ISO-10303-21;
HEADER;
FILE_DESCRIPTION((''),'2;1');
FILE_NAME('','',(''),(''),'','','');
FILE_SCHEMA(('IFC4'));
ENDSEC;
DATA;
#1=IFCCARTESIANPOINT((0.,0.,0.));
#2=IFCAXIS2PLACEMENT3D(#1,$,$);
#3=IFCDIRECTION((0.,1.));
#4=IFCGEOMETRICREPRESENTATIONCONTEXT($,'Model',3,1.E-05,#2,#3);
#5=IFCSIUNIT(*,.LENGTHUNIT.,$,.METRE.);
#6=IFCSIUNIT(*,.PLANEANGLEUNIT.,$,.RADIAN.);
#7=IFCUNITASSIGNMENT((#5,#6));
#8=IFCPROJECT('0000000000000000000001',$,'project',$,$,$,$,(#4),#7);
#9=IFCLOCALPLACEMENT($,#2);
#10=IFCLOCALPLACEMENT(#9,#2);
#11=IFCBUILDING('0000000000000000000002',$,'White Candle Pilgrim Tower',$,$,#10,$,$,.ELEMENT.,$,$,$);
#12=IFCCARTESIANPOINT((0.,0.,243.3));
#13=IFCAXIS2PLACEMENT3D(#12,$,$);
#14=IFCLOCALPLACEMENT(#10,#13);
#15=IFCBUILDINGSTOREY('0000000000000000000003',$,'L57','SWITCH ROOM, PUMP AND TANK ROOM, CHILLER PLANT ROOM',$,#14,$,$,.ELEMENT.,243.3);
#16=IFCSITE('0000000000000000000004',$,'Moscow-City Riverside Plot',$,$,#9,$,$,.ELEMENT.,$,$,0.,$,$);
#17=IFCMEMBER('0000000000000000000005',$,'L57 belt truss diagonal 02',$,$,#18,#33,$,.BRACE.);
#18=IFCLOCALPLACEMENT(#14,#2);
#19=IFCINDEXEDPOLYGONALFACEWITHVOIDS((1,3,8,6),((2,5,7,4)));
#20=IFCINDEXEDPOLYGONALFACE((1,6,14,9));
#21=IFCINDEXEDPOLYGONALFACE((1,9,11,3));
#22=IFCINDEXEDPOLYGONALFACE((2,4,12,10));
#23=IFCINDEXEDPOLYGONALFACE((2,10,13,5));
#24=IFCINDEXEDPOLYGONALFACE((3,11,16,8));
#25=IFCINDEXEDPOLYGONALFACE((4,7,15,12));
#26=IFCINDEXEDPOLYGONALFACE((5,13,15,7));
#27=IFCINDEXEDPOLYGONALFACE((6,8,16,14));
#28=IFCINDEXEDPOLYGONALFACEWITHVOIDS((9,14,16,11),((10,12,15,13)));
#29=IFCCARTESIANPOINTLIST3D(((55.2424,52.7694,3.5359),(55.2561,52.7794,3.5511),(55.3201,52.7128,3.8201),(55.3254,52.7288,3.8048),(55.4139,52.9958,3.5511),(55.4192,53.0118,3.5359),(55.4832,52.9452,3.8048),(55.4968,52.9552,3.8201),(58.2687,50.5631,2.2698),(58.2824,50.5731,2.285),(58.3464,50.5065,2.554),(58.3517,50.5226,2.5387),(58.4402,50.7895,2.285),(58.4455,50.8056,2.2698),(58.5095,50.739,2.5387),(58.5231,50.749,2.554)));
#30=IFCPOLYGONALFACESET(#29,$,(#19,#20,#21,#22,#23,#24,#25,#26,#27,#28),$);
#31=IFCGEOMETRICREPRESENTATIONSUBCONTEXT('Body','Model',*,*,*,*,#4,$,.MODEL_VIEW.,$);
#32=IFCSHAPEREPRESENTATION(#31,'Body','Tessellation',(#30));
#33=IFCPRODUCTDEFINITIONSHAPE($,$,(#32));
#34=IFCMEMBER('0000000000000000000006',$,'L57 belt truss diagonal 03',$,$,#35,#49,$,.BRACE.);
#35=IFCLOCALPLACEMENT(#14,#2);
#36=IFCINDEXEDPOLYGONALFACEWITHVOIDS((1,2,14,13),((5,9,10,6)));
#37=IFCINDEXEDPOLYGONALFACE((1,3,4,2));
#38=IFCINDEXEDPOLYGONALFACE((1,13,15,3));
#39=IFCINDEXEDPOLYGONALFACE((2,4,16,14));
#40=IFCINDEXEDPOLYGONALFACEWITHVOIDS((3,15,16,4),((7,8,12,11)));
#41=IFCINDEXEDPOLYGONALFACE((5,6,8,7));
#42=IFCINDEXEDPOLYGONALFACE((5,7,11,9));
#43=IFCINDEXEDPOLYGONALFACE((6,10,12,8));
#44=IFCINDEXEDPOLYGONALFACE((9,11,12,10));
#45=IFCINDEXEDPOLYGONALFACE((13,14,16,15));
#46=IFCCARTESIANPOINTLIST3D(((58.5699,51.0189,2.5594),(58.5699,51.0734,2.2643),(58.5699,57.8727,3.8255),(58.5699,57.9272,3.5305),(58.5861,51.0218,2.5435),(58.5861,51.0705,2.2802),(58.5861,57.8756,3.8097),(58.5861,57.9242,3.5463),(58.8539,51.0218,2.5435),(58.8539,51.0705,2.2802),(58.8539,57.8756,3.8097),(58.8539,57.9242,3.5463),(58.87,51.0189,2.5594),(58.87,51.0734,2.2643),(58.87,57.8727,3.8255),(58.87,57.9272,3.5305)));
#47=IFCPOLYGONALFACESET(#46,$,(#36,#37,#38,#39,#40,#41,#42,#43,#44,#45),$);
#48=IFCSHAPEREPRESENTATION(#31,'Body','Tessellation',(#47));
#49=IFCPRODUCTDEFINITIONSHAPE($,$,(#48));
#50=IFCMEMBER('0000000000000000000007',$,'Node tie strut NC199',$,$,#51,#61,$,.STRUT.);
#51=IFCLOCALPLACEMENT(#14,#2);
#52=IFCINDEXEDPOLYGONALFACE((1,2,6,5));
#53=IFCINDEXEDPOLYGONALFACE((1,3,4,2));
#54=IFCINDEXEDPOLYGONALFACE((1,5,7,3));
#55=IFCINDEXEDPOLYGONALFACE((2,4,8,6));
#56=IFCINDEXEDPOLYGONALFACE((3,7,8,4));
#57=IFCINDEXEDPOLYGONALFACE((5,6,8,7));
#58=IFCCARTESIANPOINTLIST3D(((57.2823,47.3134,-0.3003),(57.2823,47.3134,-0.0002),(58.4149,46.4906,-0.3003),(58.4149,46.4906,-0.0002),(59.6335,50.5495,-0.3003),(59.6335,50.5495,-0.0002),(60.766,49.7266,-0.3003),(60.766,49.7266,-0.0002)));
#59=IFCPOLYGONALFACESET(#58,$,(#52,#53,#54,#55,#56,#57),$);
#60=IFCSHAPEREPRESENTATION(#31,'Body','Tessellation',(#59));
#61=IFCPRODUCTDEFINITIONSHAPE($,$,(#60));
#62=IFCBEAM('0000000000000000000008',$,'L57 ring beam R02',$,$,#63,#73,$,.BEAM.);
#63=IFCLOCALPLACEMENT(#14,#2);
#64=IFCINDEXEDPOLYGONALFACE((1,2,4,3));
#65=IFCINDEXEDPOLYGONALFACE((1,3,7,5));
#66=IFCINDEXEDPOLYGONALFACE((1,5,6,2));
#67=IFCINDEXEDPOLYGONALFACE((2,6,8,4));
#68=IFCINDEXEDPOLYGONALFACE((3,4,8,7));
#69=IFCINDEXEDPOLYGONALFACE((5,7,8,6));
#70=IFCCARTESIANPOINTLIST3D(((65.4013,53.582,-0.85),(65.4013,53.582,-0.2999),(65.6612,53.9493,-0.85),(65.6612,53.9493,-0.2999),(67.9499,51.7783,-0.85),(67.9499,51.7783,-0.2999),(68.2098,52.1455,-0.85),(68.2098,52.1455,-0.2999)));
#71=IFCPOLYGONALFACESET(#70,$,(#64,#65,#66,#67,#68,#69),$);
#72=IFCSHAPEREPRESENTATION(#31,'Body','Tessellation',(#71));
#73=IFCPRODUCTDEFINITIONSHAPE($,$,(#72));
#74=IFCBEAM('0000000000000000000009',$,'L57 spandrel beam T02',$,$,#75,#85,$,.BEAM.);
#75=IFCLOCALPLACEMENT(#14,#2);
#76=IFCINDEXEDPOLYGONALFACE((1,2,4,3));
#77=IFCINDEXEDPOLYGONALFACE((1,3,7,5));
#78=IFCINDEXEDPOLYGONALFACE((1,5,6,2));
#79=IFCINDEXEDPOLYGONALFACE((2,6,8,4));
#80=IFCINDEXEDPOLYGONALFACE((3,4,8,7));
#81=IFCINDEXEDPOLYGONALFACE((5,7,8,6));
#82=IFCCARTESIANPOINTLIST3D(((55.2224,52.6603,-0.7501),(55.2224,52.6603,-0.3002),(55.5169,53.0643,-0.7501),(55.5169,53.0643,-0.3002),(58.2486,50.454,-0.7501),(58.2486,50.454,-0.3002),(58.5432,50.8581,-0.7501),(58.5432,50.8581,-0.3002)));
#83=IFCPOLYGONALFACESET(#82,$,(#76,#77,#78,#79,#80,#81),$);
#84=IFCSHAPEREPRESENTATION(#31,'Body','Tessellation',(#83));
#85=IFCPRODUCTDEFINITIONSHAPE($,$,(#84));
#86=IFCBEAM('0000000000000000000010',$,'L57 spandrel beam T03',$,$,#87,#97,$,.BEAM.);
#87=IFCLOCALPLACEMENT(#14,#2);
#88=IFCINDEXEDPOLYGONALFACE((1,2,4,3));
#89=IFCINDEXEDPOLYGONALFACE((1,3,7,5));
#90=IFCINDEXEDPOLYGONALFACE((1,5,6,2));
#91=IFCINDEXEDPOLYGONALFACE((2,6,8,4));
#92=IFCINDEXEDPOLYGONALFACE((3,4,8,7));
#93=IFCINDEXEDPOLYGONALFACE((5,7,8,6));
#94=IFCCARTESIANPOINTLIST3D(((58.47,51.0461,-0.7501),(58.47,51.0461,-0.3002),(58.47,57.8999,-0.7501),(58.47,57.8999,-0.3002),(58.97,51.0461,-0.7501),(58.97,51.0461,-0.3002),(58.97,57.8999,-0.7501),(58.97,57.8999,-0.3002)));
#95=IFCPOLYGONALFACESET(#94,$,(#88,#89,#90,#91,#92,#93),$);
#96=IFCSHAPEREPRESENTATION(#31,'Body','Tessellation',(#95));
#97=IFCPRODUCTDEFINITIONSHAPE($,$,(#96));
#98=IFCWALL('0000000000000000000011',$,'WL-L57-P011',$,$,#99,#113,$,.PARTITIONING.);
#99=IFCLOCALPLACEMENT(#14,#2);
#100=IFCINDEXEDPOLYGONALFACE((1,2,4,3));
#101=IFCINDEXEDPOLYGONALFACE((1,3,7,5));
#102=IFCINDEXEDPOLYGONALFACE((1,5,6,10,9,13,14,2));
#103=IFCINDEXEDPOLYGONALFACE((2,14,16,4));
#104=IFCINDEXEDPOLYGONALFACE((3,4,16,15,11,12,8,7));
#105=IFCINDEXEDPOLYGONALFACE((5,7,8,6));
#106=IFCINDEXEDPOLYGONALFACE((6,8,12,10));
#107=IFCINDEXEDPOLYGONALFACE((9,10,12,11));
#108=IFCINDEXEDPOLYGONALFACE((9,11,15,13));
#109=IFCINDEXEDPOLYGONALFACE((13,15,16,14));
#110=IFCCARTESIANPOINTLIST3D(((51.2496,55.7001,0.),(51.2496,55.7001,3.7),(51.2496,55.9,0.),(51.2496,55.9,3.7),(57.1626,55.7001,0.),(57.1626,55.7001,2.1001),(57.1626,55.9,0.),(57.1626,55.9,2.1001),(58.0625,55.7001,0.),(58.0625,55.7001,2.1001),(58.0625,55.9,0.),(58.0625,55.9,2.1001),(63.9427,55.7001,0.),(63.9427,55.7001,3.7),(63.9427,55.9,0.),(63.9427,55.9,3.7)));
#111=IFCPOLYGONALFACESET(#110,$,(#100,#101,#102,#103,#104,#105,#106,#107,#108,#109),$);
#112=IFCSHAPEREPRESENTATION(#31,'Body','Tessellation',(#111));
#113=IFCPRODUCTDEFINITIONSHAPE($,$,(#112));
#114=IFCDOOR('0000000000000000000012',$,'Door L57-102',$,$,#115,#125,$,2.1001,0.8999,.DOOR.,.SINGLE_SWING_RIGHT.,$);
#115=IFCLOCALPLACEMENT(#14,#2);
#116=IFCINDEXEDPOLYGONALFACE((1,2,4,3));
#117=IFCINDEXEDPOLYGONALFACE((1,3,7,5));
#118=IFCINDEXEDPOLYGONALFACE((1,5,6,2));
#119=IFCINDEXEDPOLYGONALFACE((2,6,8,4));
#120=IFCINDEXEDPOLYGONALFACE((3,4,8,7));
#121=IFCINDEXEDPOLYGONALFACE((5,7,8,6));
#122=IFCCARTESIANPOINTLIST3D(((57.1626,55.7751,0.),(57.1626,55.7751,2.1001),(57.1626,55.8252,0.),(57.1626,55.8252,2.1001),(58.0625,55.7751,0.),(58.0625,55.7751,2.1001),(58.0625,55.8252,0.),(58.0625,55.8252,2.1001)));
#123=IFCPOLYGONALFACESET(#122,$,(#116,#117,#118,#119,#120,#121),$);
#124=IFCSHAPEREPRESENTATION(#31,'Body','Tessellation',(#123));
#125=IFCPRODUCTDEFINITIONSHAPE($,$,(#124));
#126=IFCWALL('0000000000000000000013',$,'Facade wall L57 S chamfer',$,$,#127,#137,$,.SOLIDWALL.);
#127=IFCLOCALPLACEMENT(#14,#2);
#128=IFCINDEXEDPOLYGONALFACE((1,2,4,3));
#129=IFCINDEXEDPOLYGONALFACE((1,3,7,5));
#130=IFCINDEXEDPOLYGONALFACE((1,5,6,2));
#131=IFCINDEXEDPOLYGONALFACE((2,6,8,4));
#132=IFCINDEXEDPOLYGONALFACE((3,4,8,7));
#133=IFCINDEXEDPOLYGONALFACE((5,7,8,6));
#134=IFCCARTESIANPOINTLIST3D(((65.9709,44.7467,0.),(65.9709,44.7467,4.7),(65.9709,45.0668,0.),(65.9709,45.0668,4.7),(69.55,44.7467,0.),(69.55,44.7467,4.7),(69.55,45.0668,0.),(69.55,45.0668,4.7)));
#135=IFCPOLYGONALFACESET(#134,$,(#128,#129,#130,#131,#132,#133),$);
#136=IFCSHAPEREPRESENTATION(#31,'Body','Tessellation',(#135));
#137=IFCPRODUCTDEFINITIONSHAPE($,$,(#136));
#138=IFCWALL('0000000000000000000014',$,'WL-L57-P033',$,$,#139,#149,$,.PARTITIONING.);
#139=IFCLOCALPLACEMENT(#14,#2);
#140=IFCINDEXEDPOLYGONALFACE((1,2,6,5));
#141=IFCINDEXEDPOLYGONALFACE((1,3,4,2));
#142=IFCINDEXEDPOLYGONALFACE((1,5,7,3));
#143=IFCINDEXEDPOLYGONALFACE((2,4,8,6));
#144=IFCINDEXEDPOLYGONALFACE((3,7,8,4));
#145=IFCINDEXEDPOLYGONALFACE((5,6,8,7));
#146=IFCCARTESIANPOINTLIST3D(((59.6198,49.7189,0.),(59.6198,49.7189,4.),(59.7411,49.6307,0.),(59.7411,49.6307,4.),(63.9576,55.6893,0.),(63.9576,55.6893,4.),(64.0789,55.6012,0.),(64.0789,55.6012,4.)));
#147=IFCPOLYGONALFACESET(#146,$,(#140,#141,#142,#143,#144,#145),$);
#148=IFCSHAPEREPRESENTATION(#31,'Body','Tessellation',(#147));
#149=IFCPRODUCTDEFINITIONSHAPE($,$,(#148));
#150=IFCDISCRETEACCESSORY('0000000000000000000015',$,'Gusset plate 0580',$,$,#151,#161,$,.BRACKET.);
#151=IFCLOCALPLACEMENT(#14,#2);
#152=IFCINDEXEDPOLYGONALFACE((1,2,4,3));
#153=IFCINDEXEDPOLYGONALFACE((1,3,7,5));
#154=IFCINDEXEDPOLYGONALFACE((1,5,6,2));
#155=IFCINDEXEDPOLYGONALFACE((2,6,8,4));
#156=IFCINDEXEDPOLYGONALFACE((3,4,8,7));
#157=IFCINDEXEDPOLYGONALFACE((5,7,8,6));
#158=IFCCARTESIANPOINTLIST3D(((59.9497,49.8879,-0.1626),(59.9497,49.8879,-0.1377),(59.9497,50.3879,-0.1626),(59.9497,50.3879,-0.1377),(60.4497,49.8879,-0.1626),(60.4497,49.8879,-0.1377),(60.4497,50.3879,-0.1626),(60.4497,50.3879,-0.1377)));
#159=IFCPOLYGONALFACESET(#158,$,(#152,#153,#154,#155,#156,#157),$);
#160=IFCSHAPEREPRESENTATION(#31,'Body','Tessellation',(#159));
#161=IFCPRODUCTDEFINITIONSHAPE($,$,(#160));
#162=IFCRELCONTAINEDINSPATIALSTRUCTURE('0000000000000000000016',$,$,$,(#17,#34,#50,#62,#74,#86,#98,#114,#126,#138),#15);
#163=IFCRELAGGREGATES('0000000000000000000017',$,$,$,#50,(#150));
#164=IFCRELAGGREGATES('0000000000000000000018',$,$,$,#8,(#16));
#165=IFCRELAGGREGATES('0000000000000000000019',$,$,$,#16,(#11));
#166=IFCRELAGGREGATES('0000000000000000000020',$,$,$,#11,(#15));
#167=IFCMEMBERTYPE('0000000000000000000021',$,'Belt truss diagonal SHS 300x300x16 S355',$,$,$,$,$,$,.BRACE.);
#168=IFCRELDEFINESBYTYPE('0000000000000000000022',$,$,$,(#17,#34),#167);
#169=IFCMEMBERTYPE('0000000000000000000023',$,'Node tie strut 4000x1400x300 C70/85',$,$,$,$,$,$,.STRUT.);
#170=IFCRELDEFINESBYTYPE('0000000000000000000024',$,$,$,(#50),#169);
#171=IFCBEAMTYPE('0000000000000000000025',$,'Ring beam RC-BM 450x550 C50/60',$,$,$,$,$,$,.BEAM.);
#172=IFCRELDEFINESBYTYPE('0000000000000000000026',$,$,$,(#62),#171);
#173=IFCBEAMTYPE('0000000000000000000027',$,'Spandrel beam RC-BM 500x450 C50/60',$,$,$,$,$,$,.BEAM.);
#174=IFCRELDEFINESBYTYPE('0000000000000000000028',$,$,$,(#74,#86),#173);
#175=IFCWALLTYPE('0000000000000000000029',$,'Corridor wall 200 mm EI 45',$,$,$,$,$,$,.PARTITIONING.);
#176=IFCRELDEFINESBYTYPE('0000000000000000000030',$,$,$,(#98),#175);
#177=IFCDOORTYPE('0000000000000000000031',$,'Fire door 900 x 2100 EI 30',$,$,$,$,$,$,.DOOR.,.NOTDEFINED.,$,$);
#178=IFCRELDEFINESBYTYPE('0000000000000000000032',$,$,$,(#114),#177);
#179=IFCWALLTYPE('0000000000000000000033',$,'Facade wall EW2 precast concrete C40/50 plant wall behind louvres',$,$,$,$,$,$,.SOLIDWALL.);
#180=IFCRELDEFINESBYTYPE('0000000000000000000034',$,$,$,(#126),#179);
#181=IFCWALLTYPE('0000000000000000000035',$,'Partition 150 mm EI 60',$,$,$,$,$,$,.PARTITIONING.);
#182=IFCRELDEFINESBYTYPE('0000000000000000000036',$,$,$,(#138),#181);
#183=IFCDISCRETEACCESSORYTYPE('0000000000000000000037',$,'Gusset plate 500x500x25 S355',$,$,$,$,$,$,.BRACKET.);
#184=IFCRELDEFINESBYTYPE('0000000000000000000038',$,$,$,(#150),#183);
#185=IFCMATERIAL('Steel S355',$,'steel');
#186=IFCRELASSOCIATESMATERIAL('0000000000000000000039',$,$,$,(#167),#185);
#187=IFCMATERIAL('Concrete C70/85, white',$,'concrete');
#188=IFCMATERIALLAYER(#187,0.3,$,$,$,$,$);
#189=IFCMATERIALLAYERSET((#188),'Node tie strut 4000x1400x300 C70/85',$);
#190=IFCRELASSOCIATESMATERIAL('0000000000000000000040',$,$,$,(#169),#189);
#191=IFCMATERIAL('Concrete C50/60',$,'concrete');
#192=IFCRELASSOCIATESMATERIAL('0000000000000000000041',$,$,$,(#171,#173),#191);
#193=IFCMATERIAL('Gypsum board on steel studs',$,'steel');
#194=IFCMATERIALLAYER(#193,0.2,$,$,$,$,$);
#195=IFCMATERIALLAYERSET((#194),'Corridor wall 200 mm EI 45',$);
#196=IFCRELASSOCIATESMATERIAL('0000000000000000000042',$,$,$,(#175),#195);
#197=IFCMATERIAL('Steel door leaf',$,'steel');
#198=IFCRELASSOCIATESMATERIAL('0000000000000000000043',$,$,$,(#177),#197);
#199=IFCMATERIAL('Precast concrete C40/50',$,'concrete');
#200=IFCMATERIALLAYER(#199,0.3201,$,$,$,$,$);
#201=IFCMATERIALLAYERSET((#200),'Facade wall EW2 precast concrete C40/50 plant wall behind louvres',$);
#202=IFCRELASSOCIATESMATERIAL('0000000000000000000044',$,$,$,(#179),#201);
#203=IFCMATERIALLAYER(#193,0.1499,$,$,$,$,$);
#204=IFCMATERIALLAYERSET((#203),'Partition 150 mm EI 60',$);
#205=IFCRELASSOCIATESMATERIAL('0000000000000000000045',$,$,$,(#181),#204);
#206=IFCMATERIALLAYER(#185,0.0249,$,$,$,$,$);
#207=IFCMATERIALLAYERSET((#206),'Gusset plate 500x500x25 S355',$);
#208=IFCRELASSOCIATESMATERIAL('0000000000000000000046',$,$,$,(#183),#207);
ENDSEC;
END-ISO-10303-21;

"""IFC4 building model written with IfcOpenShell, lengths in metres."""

from ifc_helpers import new_model, si_unit, direction, frame, frame_2d, origin, origin_2d, place, context, subcontext, project, spatial, rectangle, hollow_rectangle, extrude, material, layer, layer_set, material_profile, profile_set, type_object, element, fill, aggregate, save


model = new_model("IFC4")

# Units and contexts
model_context = context("Model", 3, precision=1e-05, world=origin(), true_north=direction((0.0, 1.0)))
body_context = subcontext(model_context, "Body", "Model", "MODEL_VIEW")
ifc_project = project(units=[si_unit("LENGTHUNIT", "METRE"), si_unit("PLANEANGLEUNIT", "RADIAN")], contexts=[model_context])

# Site, building, storey
site_placement = place(None, origin())
site = spatial("IfcSite", under=ifc_project, at=site_placement, Name="Moscow-City Riverside Plot", CompositionType="ELEMENT", RefElevation=0.0)
building_placement = place(site_placement, origin())
building = spatial("IfcBuilding", under=site, at=building_placement, Name="White Candle Pilgrim Tower", CompositionType="ELEMENT")
storey_placement = place(building_placement, frame((0.0, 0.0, 243.3)))
storey = spatial("IfcBuildingStorey", under=building, at=storey_placement, Name="L57", Description="SWITCH ROOM, PUMP AND TANK ROOM, CHILLER PLANT ROOM", CompositionType="ELEMENT", Elevation=243.3)

# Shared definitions
ifc_material_1 = material(Name="Steel S355", Category="steel")

# Members
ifc_material_profile_1 = material_profile(ifc_material_1, hollow_rectangle(XDim=0.3, YDim=0.3, WallThickness=0.0161, at=origin_2d()), Name="SHS 300x300x16")
ifc_profile_set_1 = profile_set([ifc_material_profile_1], Name="Steel S355")
member_type_1 = type_object("IfcMemberType", Name="Belt truss diagonal SHS 300x300x16 S355", PredefinedType="BRACE", material=ifc_profile_set_1)
member_1_placement = place(storey_placement, frame((55.3696, 52.8623, 3.678), z_axis=(0.765502, -0.558071, -0.320256), x_axis=(0.589098, 0.808062, 0.0)))
element("IfcMember", 1, at=member_1_placement, inside=storey, type_object=member_type_1, Name="L57 belt truss diagonal 02", PredefinedType="BRACE", context=body_context, shape_type="SweptSolid", body=[
    extrude(hollow_rectangle(XDim=0.3, YDim=0.3, WallThickness=0.0161, at=origin_2d()), origin(), (0.0, 0.0, 1.0), 3.9534),
])
member_2_placement = place(storey_placement, frame((58.72, 51.0461, 2.4119), z_axis=(0.0, 0.983362, 0.181659), x_axis=(-1.0, 0.0, 0.0)))
element("IfcMember", 2, at=member_2_placement, inside=storey, type_object=member_type_1, Name="L57 belt truss diagonal 03", PredefinedType="BRACE", context=body_context, shape_type="SweptSolid", body=[
    extrude(hollow_rectangle(XDim=0.3, YDim=0.3, WallThickness=0.0161, at=origin_2d()), origin(), (0.0, 0.0, 1.0), 6.9697),
])

# Member
ifc_material_2 = material(Name="Concrete C70/85, white", Category="concrete")
ifc_layer_1 = layer(ifc_material_2, 0.3)
ifc_layer_set_1 = layer_set([ifc_layer_1], Name="Node tie strut 4000x1400x300 C70/85")
member_type_2 = type_object("IfcMemberType", Name="Node tie strut 4000x1400x300 C70/85", PredefinedType="STRUT", material=ifc_layer_set_1)
member_3_placement = place(storey_placement, frame((59.0242, 48.52, -0.3003), z_axis=(0.0, 0.0, 1.0), x_axis=(0.809017, -0.587785, 0.0)))
member_3 = element("IfcMember", 3, at=member_3_placement, inside=storey, type_object=member_type_2, Name="Node tie strut NC199", PredefinedType="STRUT", context=body_context, shape_type="SweptSolid", body=[
    extrude(rectangle(XDim=1.3999, YDim=4.0, at=origin_2d()), origin(), (0.0, 0.0, 1.0), 0.3),
])

# Beams
ifc_material_3 = material(Name="Concrete C50/60", Category="concrete")
ifc_material_profile_2 = material_profile(ifc_material_3, rectangle(XDim=0.45, YDim=0.55, at=origin_2d()), Name="RC-BM 450x550")
ifc_profile_set_2 = profile_set([ifc_material_profile_2], Name="Concrete C50/60")
beam_type_1 = type_object("IfcBeamType", Name="Ring beam RC-BM 450x550 C50/60", PredefinedType="BEAM", material=ifc_profile_set_2)
beam_1_placement = place(storey_placement, frame((65.5312, 53.7656, -0.575), z_axis=(0.816256, -0.57769, 0.0), x_axis=(0.57769, 0.816256, 0.0)))
element("IfcBeam", 4, at=beam_1_placement, inside=storey, type_object=beam_type_1, Name="L57 ring beam R02", PredefinedType="BEAM", context=body_context, shape_type="SweptSolid", body=[
    extrude(rectangle(XDim=0.45, YDim=0.55, at=origin_2d()), origin(), (0.0, 0.0, 1.0), 3.1223),
])
ifc_material_profile_3 = material_profile(ifc_material_3, rectangle(XDim=0.5, YDim=0.45, at=origin_2d()), Name="RC-BM 500x450")
ifc_profile_set_3 = profile_set([ifc_material_profile_3], Name="Concrete C50/60")
beam_type_2 = type_object("IfcBeamType", Name="Spandrel beam RC-BM 500x450 C50/60", PredefinedType="BEAM", material=ifc_profile_set_3)
beam_2_placement = place(storey_placement, frame((55.3696, 52.8623, -0.5251), z_axis=(0.808062, -0.589098, 0.0), x_axis=(0.589098, 0.808062, 0.0)))
element("IfcBeam", 5, at=beam_2_placement, inside=storey, type_object=beam_type_2, Name="L57 spandrel beam T02", PredefinedType="BEAM", context=body_context, shape_type="SweptSolid", body=[
    extrude(rectangle(XDim=0.5, YDim=0.45, at=origin_2d()), origin(), (0.0, 0.0, 1.0), 3.7451),
])
beam_3_placement = place(storey_placement, frame((58.72, 51.0461, -0.5251), z_axis=(0.0, 1.0, 0.0), x_axis=(-1.0, 0.0, 0.0)))
element("IfcBeam", 6, at=beam_3_placement, inside=storey, type_object=beam_type_2, Name="L57 spandrel beam T03", PredefinedType="BEAM", context=body_context, shape_type="SweptSolid", body=[
    extrude(rectangle(XDim=0.5, YDim=0.45, at=origin_2d()), origin(), (0.0, 0.0, 1.0), 6.8538),
])

# Wall, opening, door
ifc_material_4 = material(Name="Gypsum board on steel studs", Category="steel")
ifc_layer_2 = layer(ifc_material_4, 0.2)
ifc_layer_set_2 = layer_set([ifc_layer_2], Name="Corridor wall 200 mm EI 45")
wall_type_1 = type_object("IfcWallType", Name="Corridor wall 200 mm EI 45", PredefinedType="PARTITIONING", material=ifc_layer_set_2)
wall_1_placement = place(storey_placement, frame((63.9429, 55.8, 0.0), z_axis=(0.0, 0.0, 1.0), x_axis=(-1.0, 0.0, 0.0)))
wall_1 = element("IfcWall", 7, at=wall_1_placement, inside=storey, type_object=wall_type_1, Name="WL-L57-P011", PredefinedType="PARTITIONING", context=body_context, shape_type="SweptSolid", body=[
    extrude(rectangle(XDim=12.6931, YDim=0.2, at=frame_2d((6.3467, 0.0))), origin(), (0.0, 0.0, 1.0), 3.7),
])
opening_placement = place(wall_1_placement, frame((5.8804, 0.0, 0.0)))
opening = element("IfcOpeningElement", 8, at=opening_placement, cuts=wall_1, PredefinedType="OPENING", context=body_context, shape_type="SweptSolid", body=[
    extrude(rectangle(XDim=0.8999, YDim=2.1001, at=frame_2d((0.45, 1.05))), frame((0.0, 0.1099, 0.0), z_axis=(0.0, -1.0, 0.0), x_axis=(1.0, 0.0, 0.0)), (0.0, 0.0, 1.0), 0.22),
])
ifc_material_5 = material(Name="Steel door leaf", Category="steel")
door_type = type_object("IfcDoorType", Name="Fire door 900 x 2100 EI 30", OperationType="NOTDEFINED", PredefinedType="DOOR", material=ifc_material_5)
door_placement = place(opening_placement, origin())
door = element("IfcDoor", 9, at=door_placement, inside=storey, type_object=door_type, Name="Door L57-102", OperationType="SINGLE_SWING_RIGHT", OverallHeight=2.1001, OverallWidth=0.8999, PredefinedType="DOOR", context=body_context, shape_type="SweptSolid", body=[
    extrude(rectangle(XDim=0.8999, YDim=2.1001, at=frame_2d((0.45, 1.05))), frame((0.0, 0.0249, 0.0), z_axis=(0.0, -1.0, 0.0), x_axis=(1.0, 0.0, 0.0)), (0.0, 0.0, 1.0), 0.05),
])
fill(opening, door)

# Walls
ifc_material_6 = material(Name="Precast concrete C40/50", Category="concrete")
ifc_layer_3 = layer(ifc_material_6, 0.3201)
ifc_layer_set_3 = layer_set([ifc_layer_3], Name="Facade wall EW2 precast concrete C40/50 plant wall behind louvres")
wall_type_2 = type_object("IfcWallType", Name="Facade wall EW2 precast concrete C40/50 plant wall behind louvres", PredefinedType="SOLIDWALL", material=ifc_layer_set_3)
wall_2_placement = place(storey_placement, frame((65.9709, 44.9067, 0.0), z_axis=(0.0, 0.0, 1.0), x_axis=(1.0, 0.0, 0.0)))
element("IfcWall", 10, at=wall_2_placement, inside=storey, type_object=wall_type_2, Name="Facade wall L57 S chamfer", PredefinedType="SOLIDWALL", context=body_context, shape_type="SweptSolid", body=[
    extrude(rectangle(XDim=3.5791, YDim=0.3201, at=frame_2d((1.7896, 0.0))), origin(), (0.0, 0.0, 1.0), 4.7),
])
ifc_layer_4 = layer(ifc_material_4, 0.1499)
ifc_layer_set_4 = layer_set([ifc_layer_4], Name="Partition 150 mm EI 60")
wall_type_3 = type_object("IfcWallType", Name="Partition 150 mm EI 60", PredefinedType="PARTITIONING", material=ifc_layer_set_4)
wall_3_placement = place(storey_placement, frame((59.6804, 49.6748, 0.0), z_axis=(0.0, 0.0, 1.0), x_axis=(0.587794, 0.809011, 0.0)))
element("IfcWall", 11, at=wall_3_placement, inside=storey, type_object=wall_type_3, Name="WL-L57-P033", PredefinedType="PARTITIONING", context=body_context, shape_type="SweptSolid", body=[
    extrude(rectangle(XDim=7.3799, YDim=0.1499, at=frame_2d((3.6899, 0.0))), origin(), (0.0, 0.0, 1.0), 4.0),
])

# Discrete accessory
ifc_layer_5 = layer(ifc_material_1, 0.0249)
ifc_layer_set_5 = layer_set([ifc_layer_5], Name="Gusset plate 500x500x25 S355")
discrete_accessory_type_1 = type_object("IfcDiscreteAccessoryType", Name="Gusset plate 500x500x25 S355", PredefinedType="BRACKET", material=ifc_layer_set_5)
discrete_accessory_1_placement = place(storey_placement, frame((60.1997, 50.1379, -0.1626), z_axis=(0.0, 0.0, 1.0), x_axis=(1.0, 0.0, 0.0)))
discrete_accessory_1 = element("IfcDiscreteAccessory", 12, at=discrete_accessory_1_placement, type_object=discrete_accessory_type_1, Name="Gusset plate 0580", PredefinedType="BRACKET", context=body_context, shape_type="SweptSolid", body=[
    extrude(rectangle(XDim=0.5, YDim=0.5, at=origin_2d()), origin(), (0.0, 0.0, 1.0), 0.0249),
])
aggregate(member_3, [discrete_accessory_1])

save(model, "model.ifc")
